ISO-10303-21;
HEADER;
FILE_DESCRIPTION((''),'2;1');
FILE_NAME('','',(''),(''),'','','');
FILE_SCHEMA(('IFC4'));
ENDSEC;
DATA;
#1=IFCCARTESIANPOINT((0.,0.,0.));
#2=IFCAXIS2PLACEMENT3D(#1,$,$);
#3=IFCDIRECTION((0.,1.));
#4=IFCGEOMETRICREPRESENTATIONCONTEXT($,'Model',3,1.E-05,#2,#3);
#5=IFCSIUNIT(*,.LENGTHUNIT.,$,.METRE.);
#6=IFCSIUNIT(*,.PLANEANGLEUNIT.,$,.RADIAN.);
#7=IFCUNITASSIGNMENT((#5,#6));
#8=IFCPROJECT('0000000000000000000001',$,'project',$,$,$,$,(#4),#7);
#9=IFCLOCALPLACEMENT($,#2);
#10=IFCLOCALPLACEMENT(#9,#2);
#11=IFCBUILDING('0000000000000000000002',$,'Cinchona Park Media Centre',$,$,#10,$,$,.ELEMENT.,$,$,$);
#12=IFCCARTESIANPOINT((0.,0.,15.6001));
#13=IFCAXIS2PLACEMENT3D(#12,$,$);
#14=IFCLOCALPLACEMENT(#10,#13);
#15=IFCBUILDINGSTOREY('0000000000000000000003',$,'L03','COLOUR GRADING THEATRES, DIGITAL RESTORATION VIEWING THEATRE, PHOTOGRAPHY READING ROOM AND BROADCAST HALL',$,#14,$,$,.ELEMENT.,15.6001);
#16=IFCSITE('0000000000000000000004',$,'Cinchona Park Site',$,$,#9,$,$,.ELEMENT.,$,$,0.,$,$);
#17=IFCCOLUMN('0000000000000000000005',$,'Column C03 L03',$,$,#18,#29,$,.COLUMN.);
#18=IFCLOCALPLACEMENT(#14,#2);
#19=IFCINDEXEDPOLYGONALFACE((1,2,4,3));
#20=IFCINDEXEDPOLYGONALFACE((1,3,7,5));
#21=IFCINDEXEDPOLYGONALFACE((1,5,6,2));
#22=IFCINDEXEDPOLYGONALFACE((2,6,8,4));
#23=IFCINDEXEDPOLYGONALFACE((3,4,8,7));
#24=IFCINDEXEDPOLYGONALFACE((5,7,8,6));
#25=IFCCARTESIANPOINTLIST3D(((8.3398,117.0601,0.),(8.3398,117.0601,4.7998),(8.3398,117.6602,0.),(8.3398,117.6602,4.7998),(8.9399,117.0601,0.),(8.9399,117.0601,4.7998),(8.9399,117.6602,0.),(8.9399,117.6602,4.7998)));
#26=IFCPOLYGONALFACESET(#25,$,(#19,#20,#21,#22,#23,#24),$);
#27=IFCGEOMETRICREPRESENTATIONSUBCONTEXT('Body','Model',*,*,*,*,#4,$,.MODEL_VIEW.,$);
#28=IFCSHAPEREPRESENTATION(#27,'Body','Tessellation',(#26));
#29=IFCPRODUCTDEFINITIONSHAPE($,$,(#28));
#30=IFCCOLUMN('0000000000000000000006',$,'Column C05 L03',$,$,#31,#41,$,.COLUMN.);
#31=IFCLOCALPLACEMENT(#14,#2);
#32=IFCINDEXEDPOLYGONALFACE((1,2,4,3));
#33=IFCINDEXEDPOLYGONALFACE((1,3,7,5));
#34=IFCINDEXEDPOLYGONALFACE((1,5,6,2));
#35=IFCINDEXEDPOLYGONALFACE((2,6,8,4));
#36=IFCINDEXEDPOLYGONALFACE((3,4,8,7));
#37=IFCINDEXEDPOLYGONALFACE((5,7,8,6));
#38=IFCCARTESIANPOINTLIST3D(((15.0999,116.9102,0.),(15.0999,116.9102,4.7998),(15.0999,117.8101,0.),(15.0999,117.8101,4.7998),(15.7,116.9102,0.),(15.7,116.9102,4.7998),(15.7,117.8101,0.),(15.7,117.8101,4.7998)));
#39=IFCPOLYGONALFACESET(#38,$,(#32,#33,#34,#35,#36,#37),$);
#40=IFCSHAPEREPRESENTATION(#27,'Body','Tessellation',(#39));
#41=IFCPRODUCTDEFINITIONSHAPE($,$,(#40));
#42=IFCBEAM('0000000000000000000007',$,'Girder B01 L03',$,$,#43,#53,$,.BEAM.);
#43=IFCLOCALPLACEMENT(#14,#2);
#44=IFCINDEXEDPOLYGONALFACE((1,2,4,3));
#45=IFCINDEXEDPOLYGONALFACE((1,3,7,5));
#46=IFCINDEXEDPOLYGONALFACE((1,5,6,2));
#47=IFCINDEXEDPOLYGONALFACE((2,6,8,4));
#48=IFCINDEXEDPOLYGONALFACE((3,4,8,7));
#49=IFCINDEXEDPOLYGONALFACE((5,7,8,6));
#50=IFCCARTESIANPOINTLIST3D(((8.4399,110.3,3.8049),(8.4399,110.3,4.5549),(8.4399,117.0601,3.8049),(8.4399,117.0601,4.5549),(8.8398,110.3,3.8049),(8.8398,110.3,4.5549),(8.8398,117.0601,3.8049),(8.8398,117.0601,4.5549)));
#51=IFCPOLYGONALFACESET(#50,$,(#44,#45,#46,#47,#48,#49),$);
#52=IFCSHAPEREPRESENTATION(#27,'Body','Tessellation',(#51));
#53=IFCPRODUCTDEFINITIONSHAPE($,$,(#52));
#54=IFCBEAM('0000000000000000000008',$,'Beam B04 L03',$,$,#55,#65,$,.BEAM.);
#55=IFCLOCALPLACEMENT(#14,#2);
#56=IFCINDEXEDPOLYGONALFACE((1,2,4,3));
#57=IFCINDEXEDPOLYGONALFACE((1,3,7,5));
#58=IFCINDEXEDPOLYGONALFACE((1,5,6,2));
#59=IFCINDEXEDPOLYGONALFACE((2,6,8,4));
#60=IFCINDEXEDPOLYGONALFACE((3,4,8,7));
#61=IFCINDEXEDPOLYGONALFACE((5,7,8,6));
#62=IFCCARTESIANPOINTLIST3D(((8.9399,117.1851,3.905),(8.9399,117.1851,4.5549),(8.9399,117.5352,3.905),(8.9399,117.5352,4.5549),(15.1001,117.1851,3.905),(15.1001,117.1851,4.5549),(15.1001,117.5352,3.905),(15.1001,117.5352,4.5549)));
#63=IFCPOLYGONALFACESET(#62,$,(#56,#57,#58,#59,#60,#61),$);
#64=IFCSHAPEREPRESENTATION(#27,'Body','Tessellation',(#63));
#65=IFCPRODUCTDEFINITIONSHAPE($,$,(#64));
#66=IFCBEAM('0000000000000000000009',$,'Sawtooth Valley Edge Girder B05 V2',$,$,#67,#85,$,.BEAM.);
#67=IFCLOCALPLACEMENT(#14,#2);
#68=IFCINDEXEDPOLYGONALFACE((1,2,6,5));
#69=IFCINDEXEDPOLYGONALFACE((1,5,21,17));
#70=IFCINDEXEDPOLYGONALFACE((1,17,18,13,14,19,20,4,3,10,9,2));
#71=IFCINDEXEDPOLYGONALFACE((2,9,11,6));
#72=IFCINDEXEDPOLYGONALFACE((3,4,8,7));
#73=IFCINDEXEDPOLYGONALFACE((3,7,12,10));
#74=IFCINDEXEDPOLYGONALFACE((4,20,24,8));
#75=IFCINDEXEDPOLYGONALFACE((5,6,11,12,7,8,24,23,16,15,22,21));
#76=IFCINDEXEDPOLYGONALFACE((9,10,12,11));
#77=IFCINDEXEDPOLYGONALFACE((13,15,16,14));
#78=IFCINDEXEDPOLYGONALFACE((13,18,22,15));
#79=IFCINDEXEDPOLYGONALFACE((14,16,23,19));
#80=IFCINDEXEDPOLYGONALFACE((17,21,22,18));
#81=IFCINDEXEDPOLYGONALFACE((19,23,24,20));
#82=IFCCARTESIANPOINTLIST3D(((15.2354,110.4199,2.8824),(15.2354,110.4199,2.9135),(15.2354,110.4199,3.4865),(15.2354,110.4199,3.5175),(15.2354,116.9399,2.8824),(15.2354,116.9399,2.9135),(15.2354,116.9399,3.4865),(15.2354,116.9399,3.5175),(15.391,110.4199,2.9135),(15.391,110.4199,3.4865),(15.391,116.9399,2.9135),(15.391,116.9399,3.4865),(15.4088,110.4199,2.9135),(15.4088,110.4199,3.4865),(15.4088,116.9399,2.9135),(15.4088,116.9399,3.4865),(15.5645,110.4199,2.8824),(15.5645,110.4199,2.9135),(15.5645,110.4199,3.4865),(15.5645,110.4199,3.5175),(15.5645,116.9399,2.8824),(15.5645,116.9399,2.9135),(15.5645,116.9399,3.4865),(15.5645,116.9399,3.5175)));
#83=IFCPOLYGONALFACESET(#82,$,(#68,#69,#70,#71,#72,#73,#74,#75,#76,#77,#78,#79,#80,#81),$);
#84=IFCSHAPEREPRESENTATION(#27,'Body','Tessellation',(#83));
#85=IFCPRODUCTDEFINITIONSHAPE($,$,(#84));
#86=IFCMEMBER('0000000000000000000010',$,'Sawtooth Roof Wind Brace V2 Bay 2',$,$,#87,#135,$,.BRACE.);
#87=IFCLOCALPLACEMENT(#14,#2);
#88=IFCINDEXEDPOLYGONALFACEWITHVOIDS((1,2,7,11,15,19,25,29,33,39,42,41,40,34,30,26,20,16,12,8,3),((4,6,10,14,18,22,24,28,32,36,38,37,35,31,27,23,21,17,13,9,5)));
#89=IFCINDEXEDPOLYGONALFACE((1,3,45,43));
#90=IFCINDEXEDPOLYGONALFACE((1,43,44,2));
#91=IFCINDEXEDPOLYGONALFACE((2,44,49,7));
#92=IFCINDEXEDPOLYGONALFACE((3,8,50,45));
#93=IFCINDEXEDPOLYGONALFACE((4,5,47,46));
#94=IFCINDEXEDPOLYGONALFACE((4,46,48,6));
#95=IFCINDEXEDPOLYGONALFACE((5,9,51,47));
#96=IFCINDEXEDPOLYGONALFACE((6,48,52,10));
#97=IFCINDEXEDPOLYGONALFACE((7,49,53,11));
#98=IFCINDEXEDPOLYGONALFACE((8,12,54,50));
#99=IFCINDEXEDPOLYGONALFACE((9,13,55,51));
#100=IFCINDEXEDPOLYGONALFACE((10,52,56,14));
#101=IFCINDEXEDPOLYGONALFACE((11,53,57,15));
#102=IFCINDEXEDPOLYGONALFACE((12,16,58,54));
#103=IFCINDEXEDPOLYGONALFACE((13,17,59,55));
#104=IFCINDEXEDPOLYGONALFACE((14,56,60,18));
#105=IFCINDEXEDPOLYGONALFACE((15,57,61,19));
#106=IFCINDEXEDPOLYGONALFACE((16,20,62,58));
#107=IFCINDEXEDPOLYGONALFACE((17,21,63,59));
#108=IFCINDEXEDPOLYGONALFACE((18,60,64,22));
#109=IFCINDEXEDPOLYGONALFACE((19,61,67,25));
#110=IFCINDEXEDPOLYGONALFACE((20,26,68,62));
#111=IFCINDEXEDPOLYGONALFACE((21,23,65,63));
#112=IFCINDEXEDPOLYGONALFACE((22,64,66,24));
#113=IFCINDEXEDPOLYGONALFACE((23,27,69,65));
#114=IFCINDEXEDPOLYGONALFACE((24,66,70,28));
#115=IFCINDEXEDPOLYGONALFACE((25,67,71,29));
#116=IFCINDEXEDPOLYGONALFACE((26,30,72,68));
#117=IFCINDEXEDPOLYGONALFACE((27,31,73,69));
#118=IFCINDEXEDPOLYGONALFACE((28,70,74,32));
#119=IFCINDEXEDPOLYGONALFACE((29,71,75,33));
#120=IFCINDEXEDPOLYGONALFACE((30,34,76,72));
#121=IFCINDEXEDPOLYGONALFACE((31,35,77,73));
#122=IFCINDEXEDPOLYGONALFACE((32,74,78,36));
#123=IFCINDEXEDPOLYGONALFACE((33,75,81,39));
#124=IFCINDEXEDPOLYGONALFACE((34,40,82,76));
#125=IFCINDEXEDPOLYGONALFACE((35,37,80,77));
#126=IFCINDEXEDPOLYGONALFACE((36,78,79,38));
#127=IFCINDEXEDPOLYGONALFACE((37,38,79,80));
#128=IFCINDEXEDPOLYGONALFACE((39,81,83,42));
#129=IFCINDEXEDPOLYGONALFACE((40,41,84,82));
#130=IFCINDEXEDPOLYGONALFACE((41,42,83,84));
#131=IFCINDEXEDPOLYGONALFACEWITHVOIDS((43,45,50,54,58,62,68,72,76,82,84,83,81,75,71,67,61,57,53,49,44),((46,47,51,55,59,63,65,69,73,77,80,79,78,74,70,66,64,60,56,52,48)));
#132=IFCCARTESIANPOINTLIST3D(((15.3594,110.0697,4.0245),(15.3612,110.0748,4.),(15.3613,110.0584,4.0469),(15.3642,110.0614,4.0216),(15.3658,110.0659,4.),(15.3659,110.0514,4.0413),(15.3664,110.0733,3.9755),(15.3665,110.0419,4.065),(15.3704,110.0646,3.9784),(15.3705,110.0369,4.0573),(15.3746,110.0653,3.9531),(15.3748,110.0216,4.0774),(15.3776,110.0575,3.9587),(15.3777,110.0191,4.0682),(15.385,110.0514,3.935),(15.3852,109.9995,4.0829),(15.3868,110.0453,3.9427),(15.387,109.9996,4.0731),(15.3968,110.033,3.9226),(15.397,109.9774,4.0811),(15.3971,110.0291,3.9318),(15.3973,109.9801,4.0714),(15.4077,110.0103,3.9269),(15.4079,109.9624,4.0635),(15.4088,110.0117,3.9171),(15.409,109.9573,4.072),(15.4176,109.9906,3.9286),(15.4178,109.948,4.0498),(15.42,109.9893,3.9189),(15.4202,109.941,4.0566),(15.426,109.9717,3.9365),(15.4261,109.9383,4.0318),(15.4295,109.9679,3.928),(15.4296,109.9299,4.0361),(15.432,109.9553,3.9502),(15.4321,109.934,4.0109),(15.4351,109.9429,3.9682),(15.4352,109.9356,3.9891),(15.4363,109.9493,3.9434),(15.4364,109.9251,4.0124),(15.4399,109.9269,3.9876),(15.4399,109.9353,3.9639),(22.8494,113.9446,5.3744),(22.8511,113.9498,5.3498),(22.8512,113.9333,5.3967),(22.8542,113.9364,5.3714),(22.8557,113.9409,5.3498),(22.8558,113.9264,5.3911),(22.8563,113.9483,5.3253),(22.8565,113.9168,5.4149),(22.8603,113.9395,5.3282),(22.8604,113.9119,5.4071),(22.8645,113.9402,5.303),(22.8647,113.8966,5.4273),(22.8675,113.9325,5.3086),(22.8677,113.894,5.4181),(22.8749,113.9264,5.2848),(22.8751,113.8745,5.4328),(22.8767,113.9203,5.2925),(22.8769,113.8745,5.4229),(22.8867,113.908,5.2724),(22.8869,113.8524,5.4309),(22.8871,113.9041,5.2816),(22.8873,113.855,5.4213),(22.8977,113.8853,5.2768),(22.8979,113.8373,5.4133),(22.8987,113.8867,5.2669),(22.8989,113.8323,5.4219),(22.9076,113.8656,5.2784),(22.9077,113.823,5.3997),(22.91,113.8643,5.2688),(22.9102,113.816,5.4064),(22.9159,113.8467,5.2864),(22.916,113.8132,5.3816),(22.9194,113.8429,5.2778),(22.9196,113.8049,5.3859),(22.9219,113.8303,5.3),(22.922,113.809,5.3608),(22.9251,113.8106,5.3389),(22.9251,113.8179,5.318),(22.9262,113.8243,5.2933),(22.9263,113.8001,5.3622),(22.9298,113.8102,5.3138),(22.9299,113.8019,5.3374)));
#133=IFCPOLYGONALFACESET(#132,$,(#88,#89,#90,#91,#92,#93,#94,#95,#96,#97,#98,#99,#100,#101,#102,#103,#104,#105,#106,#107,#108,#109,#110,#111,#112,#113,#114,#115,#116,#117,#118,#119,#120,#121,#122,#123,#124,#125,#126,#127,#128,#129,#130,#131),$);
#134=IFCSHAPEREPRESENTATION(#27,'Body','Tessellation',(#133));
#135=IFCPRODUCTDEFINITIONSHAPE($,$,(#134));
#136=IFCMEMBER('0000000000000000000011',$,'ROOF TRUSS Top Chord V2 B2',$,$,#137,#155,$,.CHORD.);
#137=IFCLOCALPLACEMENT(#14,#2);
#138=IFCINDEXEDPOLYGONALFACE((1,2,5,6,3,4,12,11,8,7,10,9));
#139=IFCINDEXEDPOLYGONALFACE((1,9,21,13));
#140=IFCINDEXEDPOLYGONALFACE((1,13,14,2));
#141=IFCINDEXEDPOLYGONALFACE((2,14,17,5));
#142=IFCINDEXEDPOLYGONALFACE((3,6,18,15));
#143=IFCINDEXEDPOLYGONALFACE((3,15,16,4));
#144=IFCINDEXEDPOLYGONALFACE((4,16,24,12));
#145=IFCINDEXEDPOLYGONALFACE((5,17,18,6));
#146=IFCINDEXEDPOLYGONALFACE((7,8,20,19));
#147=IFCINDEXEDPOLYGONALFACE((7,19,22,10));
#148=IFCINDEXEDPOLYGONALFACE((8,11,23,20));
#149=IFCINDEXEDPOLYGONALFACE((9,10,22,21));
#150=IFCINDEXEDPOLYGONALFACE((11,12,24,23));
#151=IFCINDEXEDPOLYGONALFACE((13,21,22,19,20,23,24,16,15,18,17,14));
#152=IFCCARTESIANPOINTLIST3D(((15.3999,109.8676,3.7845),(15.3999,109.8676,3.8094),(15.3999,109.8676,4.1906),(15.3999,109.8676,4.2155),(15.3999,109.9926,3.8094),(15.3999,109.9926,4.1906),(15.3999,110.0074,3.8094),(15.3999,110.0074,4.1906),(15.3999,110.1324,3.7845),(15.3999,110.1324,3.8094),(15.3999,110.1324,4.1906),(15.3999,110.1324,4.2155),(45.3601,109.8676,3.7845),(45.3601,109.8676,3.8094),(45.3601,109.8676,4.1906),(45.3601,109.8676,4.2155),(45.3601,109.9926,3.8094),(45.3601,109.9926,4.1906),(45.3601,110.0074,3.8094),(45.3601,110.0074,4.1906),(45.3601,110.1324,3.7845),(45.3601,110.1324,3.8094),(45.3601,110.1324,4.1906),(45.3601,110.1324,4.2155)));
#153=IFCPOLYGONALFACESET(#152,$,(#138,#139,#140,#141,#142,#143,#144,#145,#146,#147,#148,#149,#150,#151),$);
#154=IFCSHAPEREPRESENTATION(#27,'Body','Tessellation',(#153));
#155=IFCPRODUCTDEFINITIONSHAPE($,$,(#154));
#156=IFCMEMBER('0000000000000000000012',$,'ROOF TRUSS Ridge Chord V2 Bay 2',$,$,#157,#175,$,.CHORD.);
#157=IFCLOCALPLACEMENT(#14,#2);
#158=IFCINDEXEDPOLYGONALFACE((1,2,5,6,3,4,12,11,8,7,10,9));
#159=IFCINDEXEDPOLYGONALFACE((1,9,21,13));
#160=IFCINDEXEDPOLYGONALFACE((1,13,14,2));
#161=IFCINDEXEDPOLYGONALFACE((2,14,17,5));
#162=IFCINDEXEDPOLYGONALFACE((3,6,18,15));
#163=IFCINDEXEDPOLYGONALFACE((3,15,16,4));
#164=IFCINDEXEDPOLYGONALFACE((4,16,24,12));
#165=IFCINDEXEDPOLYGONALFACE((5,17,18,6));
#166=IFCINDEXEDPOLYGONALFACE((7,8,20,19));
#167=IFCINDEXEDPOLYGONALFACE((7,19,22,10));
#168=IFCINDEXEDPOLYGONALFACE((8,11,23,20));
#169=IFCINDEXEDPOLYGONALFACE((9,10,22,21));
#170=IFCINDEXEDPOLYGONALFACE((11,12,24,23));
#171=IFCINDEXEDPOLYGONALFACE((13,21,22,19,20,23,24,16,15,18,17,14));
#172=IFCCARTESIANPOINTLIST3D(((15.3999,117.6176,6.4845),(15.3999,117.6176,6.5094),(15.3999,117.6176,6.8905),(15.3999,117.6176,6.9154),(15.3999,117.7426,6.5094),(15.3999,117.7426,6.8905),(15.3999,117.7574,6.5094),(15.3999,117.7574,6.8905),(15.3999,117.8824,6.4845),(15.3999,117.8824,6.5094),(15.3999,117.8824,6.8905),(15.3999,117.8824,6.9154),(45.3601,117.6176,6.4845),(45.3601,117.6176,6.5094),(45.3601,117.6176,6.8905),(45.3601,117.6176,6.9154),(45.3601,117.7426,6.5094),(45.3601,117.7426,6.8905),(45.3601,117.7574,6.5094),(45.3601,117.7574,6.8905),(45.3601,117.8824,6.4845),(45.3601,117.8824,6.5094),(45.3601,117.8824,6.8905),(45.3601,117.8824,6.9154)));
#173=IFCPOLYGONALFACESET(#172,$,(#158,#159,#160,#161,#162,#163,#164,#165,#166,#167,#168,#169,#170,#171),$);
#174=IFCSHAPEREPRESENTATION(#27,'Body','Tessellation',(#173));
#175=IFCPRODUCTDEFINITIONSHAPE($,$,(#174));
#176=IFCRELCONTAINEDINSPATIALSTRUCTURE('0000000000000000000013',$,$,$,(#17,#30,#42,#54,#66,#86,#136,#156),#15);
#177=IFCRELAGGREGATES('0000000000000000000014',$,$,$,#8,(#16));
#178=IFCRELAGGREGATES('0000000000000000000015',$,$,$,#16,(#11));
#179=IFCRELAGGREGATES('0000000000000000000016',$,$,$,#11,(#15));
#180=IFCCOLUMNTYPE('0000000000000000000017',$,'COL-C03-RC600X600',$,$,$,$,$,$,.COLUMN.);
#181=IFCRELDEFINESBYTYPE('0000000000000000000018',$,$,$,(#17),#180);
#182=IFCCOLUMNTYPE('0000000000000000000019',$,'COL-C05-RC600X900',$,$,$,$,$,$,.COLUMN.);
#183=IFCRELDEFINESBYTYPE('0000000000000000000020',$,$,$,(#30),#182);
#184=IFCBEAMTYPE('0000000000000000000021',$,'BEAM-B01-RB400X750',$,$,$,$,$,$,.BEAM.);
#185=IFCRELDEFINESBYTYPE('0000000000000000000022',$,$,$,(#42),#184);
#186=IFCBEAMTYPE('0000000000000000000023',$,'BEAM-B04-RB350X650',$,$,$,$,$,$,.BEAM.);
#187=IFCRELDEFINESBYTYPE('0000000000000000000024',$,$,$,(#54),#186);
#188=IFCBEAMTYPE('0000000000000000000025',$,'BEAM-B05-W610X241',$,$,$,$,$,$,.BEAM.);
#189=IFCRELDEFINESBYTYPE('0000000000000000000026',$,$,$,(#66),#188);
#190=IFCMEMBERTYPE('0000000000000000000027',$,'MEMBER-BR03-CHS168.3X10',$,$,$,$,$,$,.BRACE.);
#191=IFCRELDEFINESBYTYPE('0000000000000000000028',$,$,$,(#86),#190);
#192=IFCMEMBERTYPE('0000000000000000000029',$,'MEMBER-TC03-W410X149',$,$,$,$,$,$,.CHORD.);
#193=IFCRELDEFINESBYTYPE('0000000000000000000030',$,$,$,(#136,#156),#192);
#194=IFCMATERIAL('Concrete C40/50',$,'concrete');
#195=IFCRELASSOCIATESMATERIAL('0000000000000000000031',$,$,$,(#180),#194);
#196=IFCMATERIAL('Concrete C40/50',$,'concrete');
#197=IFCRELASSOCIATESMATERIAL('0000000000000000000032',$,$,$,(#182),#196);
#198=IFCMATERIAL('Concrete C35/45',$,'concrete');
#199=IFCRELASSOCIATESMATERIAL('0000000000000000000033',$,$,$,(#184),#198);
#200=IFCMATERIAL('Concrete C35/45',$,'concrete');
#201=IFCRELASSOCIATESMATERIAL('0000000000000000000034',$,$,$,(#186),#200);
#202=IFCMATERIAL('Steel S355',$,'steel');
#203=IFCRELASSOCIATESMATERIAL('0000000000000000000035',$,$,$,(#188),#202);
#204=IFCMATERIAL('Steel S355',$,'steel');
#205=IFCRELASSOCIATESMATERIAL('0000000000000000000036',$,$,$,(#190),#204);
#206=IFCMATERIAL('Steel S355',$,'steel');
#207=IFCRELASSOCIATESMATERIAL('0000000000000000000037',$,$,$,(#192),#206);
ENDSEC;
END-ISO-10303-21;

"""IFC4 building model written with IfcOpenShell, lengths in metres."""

from ifc_helpers import new_model, si_unit, direction, frame, origin, origin_2d, place, context, subcontext, project, spatial, rectangle, hollow_circle, i_section, extrude, material, material_profile, profile_set, type_object, element, save


model = new_model("IFC4")

# Units and contexts
model_context = context("Model", 3, precision=1e-05, world=origin(), true_north=direction((0.0, 1.0)))
body_context = subcontext(model_context, "Body", "Model", "MODEL_VIEW")
ifc_project = project(units=[si_unit("LENGTHUNIT", "METRE"), si_unit("PLANEANGLEUNIT", "RADIAN")], contexts=[model_context])

# Site, building, storey
site_placement = place(None, origin())
site = spatial("IfcSite", under=ifc_project, at=site_placement, Name="Cinchona Park Site", CompositionType="ELEMENT", RefElevation=0.0)
building_placement = place(site_placement, origin())
building = spatial("IfcBuilding", under=site, at=building_placement, Name="Cinchona Park Media Centre", CompositionType="ELEMENT")
storey_placement = place(building_placement, frame((0.0, 0.0, 15.6001)))
storey = spatial("IfcBuildingStorey", under=building, at=storey_placement, Name="L03", Description="COLOUR GRADING THEATRES, DIGITAL RESTORATION VIEWING THEATRE, PHOTOGRAPHY READING ROOM AND BROADCAST HALL", CompositionType="ELEMENT", Elevation=15.6001)

# Columns
ifc_material_1 = material(Name="Concrete C40/50", Category="concrete")
ifc_material_profile_1 = material_profile(ifc_material_1, rectangle(XDim=0.6001, YDim=0.6001, at=origin_2d()), Name="RC 600X600")
ifc_profile_set_1 = profile_set([ifc_material_profile_1], Name="Concrete C40/50")
column_type_1 = type_object("IfcColumnType", Name="COL-C03-RC600X600", PredefinedType="COLUMN", material=ifc_profile_set_1)
column_1_placement = place(storey_placement, frame((8.6399, 117.3601, 0.0), z_axis=(0.0, 0.0, 1.0), x_axis=(1.0, 0.0, 0.0)))
element("IfcColumn", 1, at=column_1_placement, inside=storey, type_object=column_type_1, Name="Column C03 L03", PredefinedType="COLUMN", context=body_context, shape_type="SweptSolid", body=[
    extrude(rectangle(XDim=0.6001, YDim=0.6001, at=origin_2d()), origin(), (0.0, 0.0, 1.0), 4.7998),
])
ifc_material_2 = material(Name="Concrete C40/50", Category="concrete")
ifc_material_profile_2 = material_profile(ifc_material_2, rectangle(XDim=0.6001, YDim=0.8999, at=origin_2d()), Name="RC 600X900")
ifc_profile_set_2 = profile_set([ifc_material_profile_2], Name="Concrete C40/50")
column_type_2 = type_object("IfcColumnType", Name="COL-C05-RC600X900", PredefinedType="COLUMN", material=ifc_profile_set_2)
column_2_placement = place(storey_placement, frame((15.3999, 117.3601, 0.0), z_axis=(0.0, 0.0, 1.0), x_axis=(1.0, 0.0, 0.0)))
element("IfcColumn", 2, at=column_2_placement, inside=storey, type_object=column_type_2, Name="Column C05 L03", PredefinedType="COLUMN", context=body_context, shape_type="SweptSolid", body=[
    extrude(rectangle(XDim=0.6001, YDim=0.8999, at=origin_2d()), origin(), (0.0, 0.0, 1.0), 4.7998),
])

# Beams
ifc_material_3 = material(Name="Concrete C35/45", Category="concrete")
ifc_material_profile_3 = material_profile(ifc_material_3, rectangle(XDim=0.3999, YDim=0.75, at=origin_2d()), Name="RB 400X750")
ifc_profile_set_3 = profile_set([ifc_material_profile_3], Name="Concrete C35/45")
beam_type_1 = type_object("IfcBeamType", Name="BEAM-B01-RB400X750", PredefinedType="BEAM", material=ifc_profile_set_3)
beam_1_placement = place(storey_placement, frame((8.6399, 110.3, 4.1799), z_axis=(0.0, 1.0, 0.0), x_axis=(-1.0, 0.0, 0.0)))
element("IfcBeam", 3, at=beam_1_placement, inside=storey, type_object=beam_type_1, Name="Girder B01 L03", PredefinedType="BEAM", context=body_context, shape_type="SweptSolid", body=[
    extrude(rectangle(XDim=0.3999, YDim=0.75, at=origin_2d()), origin(), (0.0, 0.0, 1.0), 6.76),
])
ifc_material_4 = material(Name="Concrete C35/45", Category="concrete")
ifc_material_profile_4 = material_profile(ifc_material_4, rectangle(XDim=0.3501, YDim=0.6499, at=origin_2d()), Name="RB 350X650")
ifc_profile_set_4 = profile_set([ifc_material_profile_4], Name="Concrete C35/45")
beam_type_2 = type_object("IfcBeamType", Name="BEAM-B04-RB350X650", PredefinedType="BEAM", material=ifc_profile_set_4)
beam_2_placement = place(storey_placement, frame((8.9399, 117.3601, 4.23), z_axis=(1.0, 0.0, 0.0), x_axis=(0.0, 1.0, 0.0)))
element("IfcBeam", 4, at=beam_2_placement, inside=storey, type_object=beam_type_2, Name="Beam B04 L03", PredefinedType="BEAM", context=body_context, shape_type="SweptSolid", body=[
    extrude(rectangle(XDim=0.3501, YDim=0.6499, at=origin_2d()), origin(), (0.0, 0.0, 1.0), 6.1602),
])
ifc_material_5 = material(Name="Steel S355", Category="steel")
ifc_material_profile_5 = material_profile(ifc_material_5, i_section(OverallWidth=0.3291, OverallDepth=0.635, WebThickness=0.0178, FlangeThickness=0.031, at=origin_2d()), Name="W610X241")
ifc_profile_set_5 = profile_set([ifc_material_profile_5], Name="Steel S355")
beam_type_3 = type_object("IfcBeamType", Name="BEAM-B05-W610X241", PredefinedType="BEAM", material=ifc_profile_set_5)
beam_3_placement = place(storey_placement, frame((15.3999, 110.4199, 3.2), z_axis=(0.0, 1.0, 0.0), x_axis=(-1.0, 0.0, 0.0)))
element("IfcBeam", 5, at=beam_3_placement, inside=storey, type_object=beam_type_3, Name="Sawtooth Valley Edge Girder B05 V2", PredefinedType="BEAM", context=body_context, shape_type="SweptSolid", body=[
    extrude(i_section(OverallWidth=0.3291, OverallDepth=0.635, WebThickness=0.0178, FlangeThickness=0.031, at=origin_2d()), origin(), (0.0, 0.0, 1.0), 6.52),
])

# Members
ifc_material_6 = material(Name="Steel S355", Category="steel")
ifc_material_profile_6 = material_profile(ifc_material_6, hollow_circle(Radius=0.0842, WallThickness=0.01, at=origin_2d()), Name="168.3X10CHS")
ifc_profile_set_6 = profile_set([ifc_material_profile_6], Name="Steel S355")
member_type_1 = type_object("IfcMemberType", Name="MEMBER-BR03-CHS168.3X10", PredefinedType="BRACE", material=ifc_profile_set_6)
member_1_placement = place(storey_placement, frame((15.3999, 110.0, 4.0), z_axis=(0.877011, 0.453728, 0.158056), x_axis=(-0.459504, 0.888176, 0.0)))
element("IfcMember", 6, at=member_1_placement, inside=storey, type_object=member_type_1, Name="Sawtooth Roof Wind Brace V2 Bay 2", PredefinedType="BRACE", context=body_context, shape_type="SweptSolid", body=[
    extrude(hollow_circle(Radius=0.0842, WallThickness=0.01, at=origin_2d()), origin(), (0.0, 0.0, 1.0), 8.5403),
])
ifc_material_7 = material(Name="Steel S355", Category="steel")
ifc_material_profile_7 = material_profile(ifc_material_7, i_section(OverallWidth=0.2649, OverallDepth=0.4309, WebThickness=0.0149, FlangeThickness=0.0249, at=origin_2d()), Name="W410X149")
ifc_profile_set_7 = profile_set([ifc_material_profile_7], Name="Steel S355")
member_type_2 = type_object("IfcMemberType", Name="MEMBER-TC03-W410X149", PredefinedType="CHORD", material=ifc_profile_set_7)
for number, where, z_axis, x_axis, name in (
    (7, (15.3999, 110.0, 4.0), (1.0, 0.0, 0.0), (0.0, 1.0, 0.0), "ROOF TRUSS Top Chord V2 B2"),
    (8, (15.3999, 117.75, 6.7), (1.0, 0.0, 0.0), (0.0, 1.0, 0.0), "ROOF TRUSS Ridge Chord V2 Bay 2"),
):
    element("IfcMember", number, at=place(storey_placement, frame(where, z_axis=z_axis, x_axis=x_axis)), inside=storey, type_object=member_type_2, Name=name, PredefinedType="CHORD", context=body_context, shape_type="SweptSolid", body=[
        extrude(i_section(OverallWidth=0.2649, OverallDepth=0.4309, WebThickness=0.0149, FlangeThickness=0.0249, at=origin_2d()), origin(), (0.0, 0.0, 1.0), 29.9602),
    ])

save(model, "model.ifc")
